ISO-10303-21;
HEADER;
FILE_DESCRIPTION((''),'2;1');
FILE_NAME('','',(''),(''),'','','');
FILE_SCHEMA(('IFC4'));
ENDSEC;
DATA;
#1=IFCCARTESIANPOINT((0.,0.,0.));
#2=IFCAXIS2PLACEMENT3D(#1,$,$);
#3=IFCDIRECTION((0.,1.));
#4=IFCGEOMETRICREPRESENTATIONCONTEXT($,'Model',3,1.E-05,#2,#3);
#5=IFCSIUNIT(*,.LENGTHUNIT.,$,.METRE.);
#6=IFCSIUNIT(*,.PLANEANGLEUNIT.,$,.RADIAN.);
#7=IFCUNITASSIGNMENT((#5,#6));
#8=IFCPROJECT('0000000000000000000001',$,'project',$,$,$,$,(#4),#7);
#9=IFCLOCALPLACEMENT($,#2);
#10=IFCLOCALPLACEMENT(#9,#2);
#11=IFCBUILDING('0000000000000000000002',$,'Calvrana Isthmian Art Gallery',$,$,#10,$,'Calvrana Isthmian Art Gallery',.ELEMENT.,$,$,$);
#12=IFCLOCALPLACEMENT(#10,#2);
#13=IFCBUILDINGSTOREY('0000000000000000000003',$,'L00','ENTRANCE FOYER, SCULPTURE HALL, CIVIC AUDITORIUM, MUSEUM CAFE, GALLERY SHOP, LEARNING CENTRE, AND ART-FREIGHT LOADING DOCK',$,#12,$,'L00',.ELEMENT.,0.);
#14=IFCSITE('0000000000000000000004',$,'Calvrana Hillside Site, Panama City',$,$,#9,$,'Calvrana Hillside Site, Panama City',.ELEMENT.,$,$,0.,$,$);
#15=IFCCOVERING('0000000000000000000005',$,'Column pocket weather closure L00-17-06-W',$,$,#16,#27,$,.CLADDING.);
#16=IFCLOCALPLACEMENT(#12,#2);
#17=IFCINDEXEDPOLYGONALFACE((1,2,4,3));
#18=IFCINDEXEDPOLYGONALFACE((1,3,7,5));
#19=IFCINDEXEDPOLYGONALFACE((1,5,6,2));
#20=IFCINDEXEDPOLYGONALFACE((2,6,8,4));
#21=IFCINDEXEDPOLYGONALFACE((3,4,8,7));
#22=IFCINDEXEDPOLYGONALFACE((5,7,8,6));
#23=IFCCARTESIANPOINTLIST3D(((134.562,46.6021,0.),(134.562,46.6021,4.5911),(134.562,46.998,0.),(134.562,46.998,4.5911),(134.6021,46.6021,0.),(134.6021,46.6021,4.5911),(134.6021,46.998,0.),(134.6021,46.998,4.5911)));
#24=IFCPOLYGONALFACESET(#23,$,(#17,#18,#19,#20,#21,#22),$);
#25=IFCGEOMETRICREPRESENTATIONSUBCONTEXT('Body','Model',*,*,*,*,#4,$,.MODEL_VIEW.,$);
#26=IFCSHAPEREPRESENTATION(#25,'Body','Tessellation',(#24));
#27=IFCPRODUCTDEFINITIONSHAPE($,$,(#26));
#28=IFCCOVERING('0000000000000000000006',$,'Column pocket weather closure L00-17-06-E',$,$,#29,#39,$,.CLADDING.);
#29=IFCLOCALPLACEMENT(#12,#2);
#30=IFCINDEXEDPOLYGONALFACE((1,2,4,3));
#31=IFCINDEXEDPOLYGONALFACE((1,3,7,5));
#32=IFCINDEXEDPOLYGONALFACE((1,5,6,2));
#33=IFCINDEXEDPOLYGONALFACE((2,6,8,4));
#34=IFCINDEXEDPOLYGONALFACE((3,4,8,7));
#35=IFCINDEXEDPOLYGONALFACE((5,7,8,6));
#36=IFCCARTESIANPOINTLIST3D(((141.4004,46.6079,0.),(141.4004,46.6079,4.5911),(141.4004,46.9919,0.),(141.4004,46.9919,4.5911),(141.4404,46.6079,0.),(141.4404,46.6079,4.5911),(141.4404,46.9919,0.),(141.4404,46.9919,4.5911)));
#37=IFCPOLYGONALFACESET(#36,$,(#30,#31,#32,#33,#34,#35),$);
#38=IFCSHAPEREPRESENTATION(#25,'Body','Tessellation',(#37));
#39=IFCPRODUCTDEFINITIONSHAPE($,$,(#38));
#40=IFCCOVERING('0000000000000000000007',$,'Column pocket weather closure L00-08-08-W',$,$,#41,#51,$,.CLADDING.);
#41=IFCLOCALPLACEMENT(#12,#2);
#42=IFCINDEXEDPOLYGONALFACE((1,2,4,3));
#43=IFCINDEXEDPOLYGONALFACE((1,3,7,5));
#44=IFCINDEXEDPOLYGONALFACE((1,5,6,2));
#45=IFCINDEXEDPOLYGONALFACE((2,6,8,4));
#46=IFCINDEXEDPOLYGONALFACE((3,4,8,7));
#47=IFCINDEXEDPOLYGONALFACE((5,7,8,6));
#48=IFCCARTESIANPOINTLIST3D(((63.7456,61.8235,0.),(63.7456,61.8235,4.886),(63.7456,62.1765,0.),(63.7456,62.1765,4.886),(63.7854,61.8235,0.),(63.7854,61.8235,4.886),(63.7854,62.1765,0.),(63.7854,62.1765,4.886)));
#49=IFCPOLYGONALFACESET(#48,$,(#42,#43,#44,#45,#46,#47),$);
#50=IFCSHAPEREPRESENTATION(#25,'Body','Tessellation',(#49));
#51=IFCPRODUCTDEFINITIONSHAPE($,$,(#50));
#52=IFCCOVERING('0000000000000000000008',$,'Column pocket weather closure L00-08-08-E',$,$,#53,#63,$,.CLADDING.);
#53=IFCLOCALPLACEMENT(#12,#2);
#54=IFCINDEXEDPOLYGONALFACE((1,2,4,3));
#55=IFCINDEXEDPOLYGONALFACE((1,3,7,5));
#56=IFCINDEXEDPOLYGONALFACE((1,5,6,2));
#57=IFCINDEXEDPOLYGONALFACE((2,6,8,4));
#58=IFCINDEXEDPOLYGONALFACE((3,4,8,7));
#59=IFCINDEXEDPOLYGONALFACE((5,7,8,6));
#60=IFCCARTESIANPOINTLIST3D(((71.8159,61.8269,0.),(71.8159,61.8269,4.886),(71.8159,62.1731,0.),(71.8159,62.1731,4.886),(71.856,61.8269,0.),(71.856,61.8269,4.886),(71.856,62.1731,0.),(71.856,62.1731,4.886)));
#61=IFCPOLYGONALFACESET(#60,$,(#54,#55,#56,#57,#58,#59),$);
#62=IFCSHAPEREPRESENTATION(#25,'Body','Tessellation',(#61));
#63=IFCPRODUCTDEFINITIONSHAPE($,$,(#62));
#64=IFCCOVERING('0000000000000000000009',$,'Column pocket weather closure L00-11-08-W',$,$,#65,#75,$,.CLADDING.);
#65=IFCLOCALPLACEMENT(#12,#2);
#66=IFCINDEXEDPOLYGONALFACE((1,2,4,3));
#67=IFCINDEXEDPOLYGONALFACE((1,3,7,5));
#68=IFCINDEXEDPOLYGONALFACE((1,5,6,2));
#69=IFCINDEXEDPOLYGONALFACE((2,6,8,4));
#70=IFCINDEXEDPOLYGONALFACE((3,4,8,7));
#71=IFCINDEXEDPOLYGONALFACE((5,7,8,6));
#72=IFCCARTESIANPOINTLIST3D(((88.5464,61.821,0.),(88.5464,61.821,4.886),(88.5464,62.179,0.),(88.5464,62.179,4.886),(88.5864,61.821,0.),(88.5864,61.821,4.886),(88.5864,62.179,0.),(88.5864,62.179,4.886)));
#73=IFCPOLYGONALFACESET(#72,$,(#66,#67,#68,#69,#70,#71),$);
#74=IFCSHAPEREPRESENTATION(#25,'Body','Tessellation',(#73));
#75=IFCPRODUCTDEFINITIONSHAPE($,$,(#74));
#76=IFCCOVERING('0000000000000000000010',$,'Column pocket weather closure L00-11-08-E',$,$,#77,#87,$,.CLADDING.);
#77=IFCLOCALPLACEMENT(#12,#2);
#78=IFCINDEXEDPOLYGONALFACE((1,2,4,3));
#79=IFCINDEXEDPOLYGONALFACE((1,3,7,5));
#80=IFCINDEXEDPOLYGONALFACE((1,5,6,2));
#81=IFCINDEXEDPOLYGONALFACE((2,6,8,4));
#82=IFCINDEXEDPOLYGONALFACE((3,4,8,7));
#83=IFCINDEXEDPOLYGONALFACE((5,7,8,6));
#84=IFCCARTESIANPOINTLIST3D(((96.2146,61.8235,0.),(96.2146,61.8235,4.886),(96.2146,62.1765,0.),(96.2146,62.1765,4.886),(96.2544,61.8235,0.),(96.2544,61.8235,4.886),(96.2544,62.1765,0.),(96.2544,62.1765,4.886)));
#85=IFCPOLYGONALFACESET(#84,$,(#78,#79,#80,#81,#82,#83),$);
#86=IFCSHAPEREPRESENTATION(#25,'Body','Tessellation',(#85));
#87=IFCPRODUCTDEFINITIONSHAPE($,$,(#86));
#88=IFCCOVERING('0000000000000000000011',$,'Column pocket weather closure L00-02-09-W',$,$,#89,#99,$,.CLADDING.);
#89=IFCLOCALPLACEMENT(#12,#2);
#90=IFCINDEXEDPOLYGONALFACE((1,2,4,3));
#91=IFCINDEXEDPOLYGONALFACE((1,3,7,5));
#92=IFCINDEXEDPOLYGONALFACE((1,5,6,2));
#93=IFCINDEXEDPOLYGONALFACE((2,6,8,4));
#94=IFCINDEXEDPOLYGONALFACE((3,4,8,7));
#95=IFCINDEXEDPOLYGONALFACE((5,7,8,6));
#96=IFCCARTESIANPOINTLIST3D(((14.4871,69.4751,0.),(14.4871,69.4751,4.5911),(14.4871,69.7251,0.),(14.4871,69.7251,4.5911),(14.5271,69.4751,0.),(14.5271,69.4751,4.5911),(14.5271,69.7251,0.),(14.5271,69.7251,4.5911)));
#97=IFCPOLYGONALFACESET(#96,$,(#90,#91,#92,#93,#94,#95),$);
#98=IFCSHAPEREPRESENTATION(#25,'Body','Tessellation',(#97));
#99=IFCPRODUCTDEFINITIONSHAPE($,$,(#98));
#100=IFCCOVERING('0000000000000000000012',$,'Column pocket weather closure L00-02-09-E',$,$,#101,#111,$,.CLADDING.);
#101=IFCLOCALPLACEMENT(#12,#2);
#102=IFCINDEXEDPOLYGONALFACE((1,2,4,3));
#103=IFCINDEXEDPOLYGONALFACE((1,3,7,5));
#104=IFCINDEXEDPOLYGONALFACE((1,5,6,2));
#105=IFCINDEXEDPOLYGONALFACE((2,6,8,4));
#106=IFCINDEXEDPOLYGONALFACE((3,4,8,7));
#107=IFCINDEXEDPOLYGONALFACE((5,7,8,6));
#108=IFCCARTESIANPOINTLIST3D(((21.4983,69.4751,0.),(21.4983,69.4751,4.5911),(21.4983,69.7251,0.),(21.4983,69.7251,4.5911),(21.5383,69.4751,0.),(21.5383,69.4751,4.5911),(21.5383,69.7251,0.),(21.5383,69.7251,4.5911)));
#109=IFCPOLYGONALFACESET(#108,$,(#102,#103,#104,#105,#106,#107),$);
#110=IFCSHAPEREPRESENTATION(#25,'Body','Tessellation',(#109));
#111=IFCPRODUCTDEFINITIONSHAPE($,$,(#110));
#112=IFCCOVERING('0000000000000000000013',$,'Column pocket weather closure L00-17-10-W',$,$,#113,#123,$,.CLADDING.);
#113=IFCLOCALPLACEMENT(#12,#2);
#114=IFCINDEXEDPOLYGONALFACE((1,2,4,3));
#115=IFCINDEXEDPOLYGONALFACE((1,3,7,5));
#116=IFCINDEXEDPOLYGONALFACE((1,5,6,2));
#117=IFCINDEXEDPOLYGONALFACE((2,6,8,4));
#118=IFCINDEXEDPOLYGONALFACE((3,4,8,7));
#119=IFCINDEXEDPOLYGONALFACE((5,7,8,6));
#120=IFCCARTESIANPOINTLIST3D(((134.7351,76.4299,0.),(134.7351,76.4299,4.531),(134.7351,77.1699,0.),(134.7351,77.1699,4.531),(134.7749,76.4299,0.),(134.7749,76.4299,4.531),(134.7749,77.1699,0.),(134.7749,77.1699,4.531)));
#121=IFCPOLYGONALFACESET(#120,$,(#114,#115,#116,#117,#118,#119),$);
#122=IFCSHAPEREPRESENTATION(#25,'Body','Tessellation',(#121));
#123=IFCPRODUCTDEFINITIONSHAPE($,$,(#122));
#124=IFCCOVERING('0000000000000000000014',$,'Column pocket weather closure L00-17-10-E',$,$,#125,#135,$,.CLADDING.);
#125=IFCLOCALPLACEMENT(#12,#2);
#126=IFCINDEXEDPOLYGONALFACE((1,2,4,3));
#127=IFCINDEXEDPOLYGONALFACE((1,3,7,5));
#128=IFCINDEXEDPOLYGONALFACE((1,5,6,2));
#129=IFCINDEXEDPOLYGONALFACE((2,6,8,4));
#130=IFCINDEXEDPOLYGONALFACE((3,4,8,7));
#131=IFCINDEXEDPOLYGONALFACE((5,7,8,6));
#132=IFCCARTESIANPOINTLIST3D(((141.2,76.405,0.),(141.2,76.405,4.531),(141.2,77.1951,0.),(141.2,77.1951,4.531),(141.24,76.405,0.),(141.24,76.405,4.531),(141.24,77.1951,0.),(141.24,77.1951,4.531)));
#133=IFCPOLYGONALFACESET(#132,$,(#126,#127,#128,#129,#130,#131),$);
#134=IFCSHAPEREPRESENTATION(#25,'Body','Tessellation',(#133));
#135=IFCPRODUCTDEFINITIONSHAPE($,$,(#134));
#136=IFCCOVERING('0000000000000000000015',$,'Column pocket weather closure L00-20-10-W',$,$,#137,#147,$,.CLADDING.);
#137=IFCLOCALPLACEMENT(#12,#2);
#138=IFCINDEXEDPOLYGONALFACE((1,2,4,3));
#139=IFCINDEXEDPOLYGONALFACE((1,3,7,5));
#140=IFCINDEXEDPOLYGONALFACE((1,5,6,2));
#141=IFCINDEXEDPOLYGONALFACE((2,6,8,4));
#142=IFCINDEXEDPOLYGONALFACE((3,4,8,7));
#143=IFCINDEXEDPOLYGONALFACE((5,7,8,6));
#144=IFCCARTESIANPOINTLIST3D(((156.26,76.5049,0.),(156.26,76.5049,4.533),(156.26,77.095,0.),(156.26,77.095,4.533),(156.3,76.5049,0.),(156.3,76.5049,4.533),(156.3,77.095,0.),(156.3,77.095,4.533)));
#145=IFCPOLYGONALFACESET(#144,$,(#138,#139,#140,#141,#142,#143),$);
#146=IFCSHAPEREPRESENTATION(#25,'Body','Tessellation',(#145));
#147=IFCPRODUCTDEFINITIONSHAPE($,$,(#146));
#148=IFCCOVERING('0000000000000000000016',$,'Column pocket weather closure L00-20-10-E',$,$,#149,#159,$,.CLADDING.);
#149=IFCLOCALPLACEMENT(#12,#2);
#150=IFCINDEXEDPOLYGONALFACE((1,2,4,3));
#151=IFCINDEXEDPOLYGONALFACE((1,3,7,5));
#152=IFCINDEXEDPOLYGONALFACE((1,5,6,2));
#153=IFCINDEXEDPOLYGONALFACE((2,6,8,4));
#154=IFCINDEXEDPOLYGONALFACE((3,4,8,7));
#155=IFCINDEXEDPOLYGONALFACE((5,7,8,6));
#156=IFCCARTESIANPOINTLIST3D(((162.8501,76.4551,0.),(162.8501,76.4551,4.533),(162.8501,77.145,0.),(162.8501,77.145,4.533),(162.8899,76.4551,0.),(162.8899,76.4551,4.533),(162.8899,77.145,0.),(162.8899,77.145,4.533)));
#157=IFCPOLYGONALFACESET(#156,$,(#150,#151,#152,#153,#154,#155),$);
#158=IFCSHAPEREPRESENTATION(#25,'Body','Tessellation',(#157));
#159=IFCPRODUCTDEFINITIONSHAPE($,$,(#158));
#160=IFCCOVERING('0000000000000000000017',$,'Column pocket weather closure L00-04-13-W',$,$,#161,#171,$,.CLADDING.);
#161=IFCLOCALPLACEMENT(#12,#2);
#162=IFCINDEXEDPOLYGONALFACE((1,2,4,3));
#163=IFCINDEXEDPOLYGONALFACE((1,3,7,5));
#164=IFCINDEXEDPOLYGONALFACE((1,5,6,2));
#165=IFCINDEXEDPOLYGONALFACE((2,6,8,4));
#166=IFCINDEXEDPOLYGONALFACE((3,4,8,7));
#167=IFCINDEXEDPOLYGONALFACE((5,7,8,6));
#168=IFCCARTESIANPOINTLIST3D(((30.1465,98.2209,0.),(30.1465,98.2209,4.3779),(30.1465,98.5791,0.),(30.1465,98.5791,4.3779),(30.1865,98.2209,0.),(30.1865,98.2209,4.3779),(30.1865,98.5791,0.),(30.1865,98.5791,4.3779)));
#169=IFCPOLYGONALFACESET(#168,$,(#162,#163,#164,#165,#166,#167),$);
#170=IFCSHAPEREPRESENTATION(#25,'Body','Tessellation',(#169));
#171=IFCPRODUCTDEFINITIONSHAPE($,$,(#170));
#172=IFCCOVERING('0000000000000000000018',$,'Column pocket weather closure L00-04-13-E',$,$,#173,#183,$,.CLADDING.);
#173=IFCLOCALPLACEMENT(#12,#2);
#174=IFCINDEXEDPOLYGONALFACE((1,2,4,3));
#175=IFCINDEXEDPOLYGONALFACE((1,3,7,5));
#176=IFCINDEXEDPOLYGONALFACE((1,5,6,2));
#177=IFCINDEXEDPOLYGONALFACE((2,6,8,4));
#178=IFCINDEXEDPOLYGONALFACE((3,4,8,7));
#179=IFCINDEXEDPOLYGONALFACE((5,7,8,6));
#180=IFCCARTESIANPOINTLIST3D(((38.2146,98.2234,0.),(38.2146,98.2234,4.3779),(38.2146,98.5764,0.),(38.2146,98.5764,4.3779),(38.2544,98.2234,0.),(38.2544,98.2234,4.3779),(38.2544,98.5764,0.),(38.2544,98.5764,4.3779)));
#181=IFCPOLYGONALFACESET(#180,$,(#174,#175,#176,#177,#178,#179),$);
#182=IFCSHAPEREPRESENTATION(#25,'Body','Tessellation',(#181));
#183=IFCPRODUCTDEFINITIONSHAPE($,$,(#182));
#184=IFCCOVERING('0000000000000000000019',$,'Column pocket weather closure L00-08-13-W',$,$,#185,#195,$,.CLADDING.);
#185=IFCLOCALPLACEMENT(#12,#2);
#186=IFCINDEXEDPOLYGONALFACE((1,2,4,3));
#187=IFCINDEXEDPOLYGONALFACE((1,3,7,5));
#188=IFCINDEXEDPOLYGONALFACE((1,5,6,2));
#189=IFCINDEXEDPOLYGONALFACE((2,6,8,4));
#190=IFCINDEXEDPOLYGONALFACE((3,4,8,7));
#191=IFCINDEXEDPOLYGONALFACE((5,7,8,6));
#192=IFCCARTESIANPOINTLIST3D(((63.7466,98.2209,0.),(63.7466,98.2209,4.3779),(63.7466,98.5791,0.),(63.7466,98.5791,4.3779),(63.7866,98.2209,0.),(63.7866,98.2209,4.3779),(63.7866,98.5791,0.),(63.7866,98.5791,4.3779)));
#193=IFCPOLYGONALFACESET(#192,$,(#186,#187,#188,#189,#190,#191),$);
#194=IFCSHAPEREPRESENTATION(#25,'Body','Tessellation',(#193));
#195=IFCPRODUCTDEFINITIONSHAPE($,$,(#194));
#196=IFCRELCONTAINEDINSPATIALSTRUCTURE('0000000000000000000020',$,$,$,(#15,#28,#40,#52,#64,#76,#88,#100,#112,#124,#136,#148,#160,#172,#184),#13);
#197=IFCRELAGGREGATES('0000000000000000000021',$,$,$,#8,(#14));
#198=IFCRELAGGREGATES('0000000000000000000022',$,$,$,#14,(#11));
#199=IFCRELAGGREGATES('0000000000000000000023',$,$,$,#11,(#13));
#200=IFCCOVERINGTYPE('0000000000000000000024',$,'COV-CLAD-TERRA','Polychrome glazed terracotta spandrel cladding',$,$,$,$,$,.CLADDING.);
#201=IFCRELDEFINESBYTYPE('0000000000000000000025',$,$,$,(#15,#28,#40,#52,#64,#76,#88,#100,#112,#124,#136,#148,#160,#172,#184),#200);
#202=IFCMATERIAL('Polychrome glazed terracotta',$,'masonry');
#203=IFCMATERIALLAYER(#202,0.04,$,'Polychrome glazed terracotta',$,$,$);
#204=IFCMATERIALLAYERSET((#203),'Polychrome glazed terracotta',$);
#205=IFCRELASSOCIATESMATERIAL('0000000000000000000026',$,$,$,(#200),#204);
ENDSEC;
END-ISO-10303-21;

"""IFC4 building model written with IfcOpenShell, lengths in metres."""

from ifc_helpers import new_model, si_unit, direction, origin, place, context, subcontext, project, spatial, polyline, outline, extrude, material, layer, layer_set, type_object, element, save


model = new_model("IFC4")

# Units and contexts
model_context = context("Model", 3, precision=1e-05, world=origin(), true_north=direction((0.0, 1.0)))
body_context = subcontext(model_context, "Body", "Model", "MODEL_VIEW")
ifc_project = project(units=[si_unit("LENGTHUNIT", "METRE"), si_unit("PLANEANGLEUNIT", "RADIAN")], contexts=[model_context])

# Site, building, storey
site_placement = place(None, origin())
site = spatial("IfcSite", under=ifc_project, at=site_placement, Name="Calvrana Hillside Site, Panama City", LongName="Calvrana Hillside Site, Panama City", CompositionType="ELEMENT", RefElevation=0.0)
building_placement = place(site_placement, origin())
building = spatial("IfcBuilding", under=site, at=building_placement, Name="Calvrana Isthmian Art Gallery", LongName="Calvrana Isthmian Art Gallery", CompositionType="ELEMENT")
storey_placement = place(building_placement, origin())
storey = spatial("IfcBuildingStorey", under=building, at=storey_placement, Name="L00", Description="ENTRANCE FOYER, SCULPTURE HALL, CIVIC AUDITORIUM, MUSEUM CAFE, GALLERY SHOP, LEARNING CENTRE, AND ART-FREIGHT LOADING DOCK", LongName="L00", CompositionType="ELEMENT", Elevation=0.0)

# Coverings
ifc_material = material(Name="Polychrome glazed terracotta", Category="masonry")
ifc_layer = layer(ifc_material, 0.04, Name="Polychrome glazed terracotta")
ifc_layer_set = layer_set([ifc_layer], Name="Polychrome glazed terracotta")
covering_type = type_object("IfcCoveringType", Name="COV-CLAD-TERRA", Description="Polychrome glazed terracotta spandrel cladding", PredefinedType="CLADDING", material=ifc_layer_set)
covering_1_placement = place(storey_placement, origin())
element("IfcCovering", 1, at=covering_1_placement, inside=storey, type_object=covering_type, Name="Column pocket weather closure L00-17-06-W", PredefinedType="CLADDING", context=body_context, shape_type="SweptSolid", body=[
    extrude(outline(polyline([(134.562, 46.6021), (134.6021, 46.6021), (134.6021, 46.998), (134.562, 46.998), (134.562, 46.6021)])), origin(), (0.0, 0.0, 1.0), 4.5911),
])
covering_2_placement = place(storey_placement, origin())
element("IfcCovering", 2, at=covering_2_placement, inside=storey, type_object=covering_type, Name="Column pocket weather closure L00-17-06-E", PredefinedType="CLADDING", context=body_context, shape_type="SweptSolid", body=[
    extrude(outline(polyline([(141.4004, 46.6079), (141.4404, 46.6079), (141.4404, 46.9919), (141.4004, 46.9919), (141.4004, 46.6079)])), origin(), (0.0, 0.0, 1.0), 4.5911),
])
covering_3_placement = place(storey_placement, origin())
element("IfcCovering", 3, at=covering_3_placement, inside=storey, type_object=covering_type, Name="Column pocket weather closure L00-08-08-W", PredefinedType="CLADDING", context=body_context, shape_type="SweptSolid", body=[
    extrude(outline(polyline([(63.7456, 61.8235), (63.7854, 61.8235), (63.7854, 62.1765), (63.7456, 62.1765), (63.7456, 61.8235)])), origin(), (0.0, 0.0, 1.0), 4.886),
])
covering_4_placement = place(storey_placement, origin())
element("IfcCovering", 4, at=covering_4_placement, inside=storey, type_object=covering_type, Name="Column pocket weather closure L00-08-08-E", PredefinedType="CLADDING", context=body_context, shape_type="SweptSolid", body=[
    extrude(outline(polyline([(71.8159, 61.8269), (71.856, 61.8269), (71.856, 62.1731), (71.8159, 62.1731), (71.8159, 61.8269)])), origin(), (0.0, 0.0, 1.0), 4.886),
])
covering_5_placement = place(storey_placement, origin())
element("IfcCovering", 5, at=covering_5_placement, inside=storey, type_object=covering_type, Name="Column pocket weather closure L00-11-08-W", PredefinedType="CLADDING", context=body_context, shape_type="SweptSolid", body=[
    extrude(outline(polyline([(88.5464, 61.821), (88.5864, 61.821), (88.5864, 62.179), (88.5464, 62.179), (88.5464, 61.821)])), origin(), (0.0, 0.0, 1.0), 4.886),
])
covering_6_placement = place(storey_placement, origin())
element("IfcCovering", 6, at=covering_6_placement, inside=storey, type_object=covering_type, Name="Column pocket weather closure L00-11-08-E", PredefinedType="CLADDING", context=body_context, shape_type="SweptSolid", body=[
    extrude(outline(polyline([(96.2146, 61.8235), (96.2544, 61.8235), (96.2544, 62.1765), (96.2146, 62.1765), (96.2146, 61.8235)])), origin(), (0.0, 0.0, 1.0), 4.886),
])
covering_7_placement = place(storey_placement, origin())
element("IfcCovering", 7, at=covering_7_placement, inside=storey, type_object=covering_type, Name="Column pocket weather closure L00-02-09-W", PredefinedType="CLADDING", context=body_context, shape_type="SweptSolid", body=[
    extrude(outline(polyline([(14.4871, 69.4751), (14.5271, 69.4751), (14.5271, 69.7251), (14.4871, 69.7251), (14.4871, 69.4751)])), origin(), (0.0, 0.0, 1.0), 4.5911),
])
covering_8_placement = place(storey_placement, origin())
element("IfcCovering", 8, at=covering_8_placement, inside=storey, type_object=covering_type, Name="Column pocket weather closure L00-02-09-E", PredefinedType="CLADDING", context=body_context, shape_type="SweptSolid", body=[
    extrude(outline(polyline([(21.4983, 69.4751), (21.5383, 69.4751), (21.5383, 69.7251), (21.4983, 69.7251), (21.4983, 69.4751)])), origin(), (0.0, 0.0, 1.0), 4.5911),
])
covering_9_placement = place(storey_placement, origin())
element("IfcCovering", 9, at=covering_9_placement, inside=storey, type_object=covering_type, Name="Column pocket weather closure L00-17-10-W", PredefinedType="CLADDING", context=body_context, shape_type="SweptSolid", body=[
    extrude(outline(polyline([(134.7351, 76.4299), (134.7749, 76.4299), (134.7749, 77.1699), (134.7351, 77.1699), (134.7351, 76.4299)])), origin(), (0.0, 0.0, 1.0), 4.531),
])
covering_10_placement = place(storey_placement, origin())
element("IfcCovering", 10, at=covering_10_placement, inside=storey, type_object=covering_type, Name="Column pocket weather closure L00-17-10-E", PredefinedType="CLADDING", context=body_context, shape_type="SweptSolid", body=[
    extrude(outline(polyline([(141.2, 76.405), (141.24, 76.405), (141.24, 77.1951), (141.2, 77.1951), (141.2, 76.405)])), origin(), (0.0, 0.0, 1.0), 4.531),
])
covering_11_placement = place(storey_placement, origin())
element("IfcCovering", 11, at=covering_11_placement, inside=storey, type_object=covering_type, Name="Column pocket weather closure L00-20-10-W", PredefinedType="CLADDING", context=body_context, shape_type="SweptSolid", body=[
    extrude(outline(polyline([(156.26, 76.5049), (156.3, 76.5049), (156.3, 77.095), (156.26, 77.095), (156.26, 76.5049)])), origin(), (0.0, 0.0, 1.0), 4.533),
])
covering_12_placement = place(storey_placement, origin())
element("IfcCovering", 12, at=covering_12_placement, inside=storey, type_object=covering_type, Name="Column pocket weather closure L00-20-10-E", PredefinedType="CLADDING", context=body_context, shape_type="SweptSolid", body=[
    extrude(outline(polyline([(162.8501, 76.4551), (162.8899, 76.4551), (162.8899, 77.145), (162.8501, 77.145), (162.8501, 76.4551)])), origin(), (0.0, 0.0, 1.0), 4.533),
])
covering_13_placement = place(storey_placement, origin())
element("IfcCovering", 13, at=covering_13_placement, inside=storey, type_object=covering_type, Name="Column pocket weather closure L00-04-13-W", PredefinedType="CLADDING", context=body_context, shape_type="SweptSolid", body=[
    extrude(outline(polyline([(30.1465, 98.2209), (30.1865, 98.2209), (30.1865, 98.5791), (30.1465, 98.5791), (30.1465, 98.2209)])), origin(), (0.0, 0.0, 1.0), 4.3779),
])
covering_14_placement = place(storey_placement, origin())
element("IfcCovering", 14, at=covering_14_placement, inside=storey, type_object=covering_type, Name="Column pocket weather closure L00-04-13-E", PredefinedType="CLADDING", context=body_context, shape_type="SweptSolid", body=[
    extrude(outline(polyline([(38.2146, 98.2234), (38.2544, 98.2234), (38.2544, 98.5764), (38.2146, 98.5764), (38.2146, 98.2234)])), origin(), (0.0, 0.0, 1.0), 4.3779),
])
covering_15_placement = place(storey_placement, origin())
element("IfcCovering", 15, at=covering_15_placement, inside=storey, type_object=covering_type, Name="Column pocket weather closure L00-08-13-W", PredefinedType="CLADDING", context=body_context, shape_type="SweptSolid", body=[
    extrude(outline(polyline([(63.7466, 98.2209), (63.7866, 98.2209), (63.7866, 98.5791), (63.7466, 98.5791), (63.7466, 98.2209)])), origin(), (0.0, 0.0, 1.0), 4.3779),
])

save(model, "model.ifc")
